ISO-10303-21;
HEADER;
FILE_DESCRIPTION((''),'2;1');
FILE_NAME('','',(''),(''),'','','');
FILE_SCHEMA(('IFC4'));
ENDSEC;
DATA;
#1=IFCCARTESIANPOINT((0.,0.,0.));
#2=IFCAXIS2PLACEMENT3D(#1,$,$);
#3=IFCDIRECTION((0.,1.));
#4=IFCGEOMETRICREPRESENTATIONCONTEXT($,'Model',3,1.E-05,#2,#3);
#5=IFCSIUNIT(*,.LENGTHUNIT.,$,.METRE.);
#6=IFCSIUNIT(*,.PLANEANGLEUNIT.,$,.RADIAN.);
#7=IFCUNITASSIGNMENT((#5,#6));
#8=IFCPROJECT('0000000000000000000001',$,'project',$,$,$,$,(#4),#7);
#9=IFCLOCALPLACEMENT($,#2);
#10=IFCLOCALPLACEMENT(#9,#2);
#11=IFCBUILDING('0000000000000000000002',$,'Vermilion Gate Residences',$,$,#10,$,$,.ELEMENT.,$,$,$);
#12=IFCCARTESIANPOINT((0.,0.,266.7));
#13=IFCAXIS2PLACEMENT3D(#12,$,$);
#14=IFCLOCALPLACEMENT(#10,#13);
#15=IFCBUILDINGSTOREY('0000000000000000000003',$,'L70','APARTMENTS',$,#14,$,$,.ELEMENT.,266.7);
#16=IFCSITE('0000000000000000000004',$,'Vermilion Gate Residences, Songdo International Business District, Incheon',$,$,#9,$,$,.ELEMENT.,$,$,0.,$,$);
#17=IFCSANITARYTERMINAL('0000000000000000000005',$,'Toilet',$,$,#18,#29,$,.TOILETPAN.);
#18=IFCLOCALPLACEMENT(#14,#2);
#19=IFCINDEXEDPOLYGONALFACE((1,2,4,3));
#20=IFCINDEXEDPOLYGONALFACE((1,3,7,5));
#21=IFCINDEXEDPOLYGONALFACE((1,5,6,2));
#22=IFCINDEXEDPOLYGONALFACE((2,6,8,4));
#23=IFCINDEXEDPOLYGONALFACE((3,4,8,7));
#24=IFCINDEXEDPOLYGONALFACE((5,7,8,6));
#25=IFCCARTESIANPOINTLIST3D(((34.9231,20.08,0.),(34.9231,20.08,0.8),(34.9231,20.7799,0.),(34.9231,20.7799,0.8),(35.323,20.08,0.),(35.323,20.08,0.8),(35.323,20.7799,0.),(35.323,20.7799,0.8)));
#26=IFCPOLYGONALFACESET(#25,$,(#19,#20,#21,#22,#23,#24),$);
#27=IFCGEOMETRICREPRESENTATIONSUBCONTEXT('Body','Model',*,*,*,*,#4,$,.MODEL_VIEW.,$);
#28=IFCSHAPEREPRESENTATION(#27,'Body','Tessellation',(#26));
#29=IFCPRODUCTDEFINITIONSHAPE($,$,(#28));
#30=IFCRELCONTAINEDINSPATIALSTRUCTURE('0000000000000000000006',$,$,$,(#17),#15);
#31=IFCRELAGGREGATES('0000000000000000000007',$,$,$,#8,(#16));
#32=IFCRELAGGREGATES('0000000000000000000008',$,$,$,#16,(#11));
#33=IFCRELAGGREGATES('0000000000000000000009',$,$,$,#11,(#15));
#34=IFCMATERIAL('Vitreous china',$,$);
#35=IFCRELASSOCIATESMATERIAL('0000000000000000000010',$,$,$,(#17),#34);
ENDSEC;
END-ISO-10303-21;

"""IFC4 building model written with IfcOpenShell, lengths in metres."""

from ifc_helpers import new_model, si_unit, direction, frame, origin, origin_2d, place, context, subcontext, project, spatial, rectangle, extrude, material, element, save


model = new_model("IFC4")

# Units and contexts
model_context = context("Model", 3, precision=1e-05, world=origin(), true_north=direction((0.0, 1.0)))
body_context = subcontext(model_context, "Body", "Model", "MODEL_VIEW")
ifc_project = project(units=[si_unit("LENGTHUNIT", "METRE"), si_unit("PLANEANGLEUNIT", "RADIAN")], contexts=[model_context])

# Site, building, storey
site_placement = place(None, origin())
site = spatial("IfcSite", under=ifc_project, at=site_placement, Name="Vermilion Gate Residences, Songdo International Business District, Incheon", CompositionType="ELEMENT", RefElevation=0.0)
building_placement = place(site_placement, origin())
building = spatial("IfcBuilding", under=site, at=building_placement, Name="Vermilion Gate Residences", CompositionType="ELEMENT")
storey_placement = place(building_placement, frame((0.0, 0.0, 266.7)))
storey = spatial("IfcBuildingStorey", under=building, at=storey_placement, Name="L70", Description="APARTMENTS", CompositionType="ELEMENT", Elevation=266.7)

# Sanitary terminal
ifc_material_1 = material(Name="Vitreous china")
sanitary_terminal_1_placement = place(storey_placement, frame((35.123, 20.4299, 0.0), z_axis=(0.0, 0.0, 1.0), x_axis=(1.0, 0.0, 0.0)))
element("IfcSanitaryTerminal", 1, at=sanitary_terminal_1_placement, inside=storey, material=ifc_material_1, Name="Toilet", PredefinedType="TOILETPAN", context=body_context, shape_type="SweptSolid", body=[
    extrude(rectangle(XDim=0.3999, YDim=0.7, at=origin_2d()), origin(), (0.0, 0.0, 1.0), 0.8),
])

save(model, "model.ifc")
